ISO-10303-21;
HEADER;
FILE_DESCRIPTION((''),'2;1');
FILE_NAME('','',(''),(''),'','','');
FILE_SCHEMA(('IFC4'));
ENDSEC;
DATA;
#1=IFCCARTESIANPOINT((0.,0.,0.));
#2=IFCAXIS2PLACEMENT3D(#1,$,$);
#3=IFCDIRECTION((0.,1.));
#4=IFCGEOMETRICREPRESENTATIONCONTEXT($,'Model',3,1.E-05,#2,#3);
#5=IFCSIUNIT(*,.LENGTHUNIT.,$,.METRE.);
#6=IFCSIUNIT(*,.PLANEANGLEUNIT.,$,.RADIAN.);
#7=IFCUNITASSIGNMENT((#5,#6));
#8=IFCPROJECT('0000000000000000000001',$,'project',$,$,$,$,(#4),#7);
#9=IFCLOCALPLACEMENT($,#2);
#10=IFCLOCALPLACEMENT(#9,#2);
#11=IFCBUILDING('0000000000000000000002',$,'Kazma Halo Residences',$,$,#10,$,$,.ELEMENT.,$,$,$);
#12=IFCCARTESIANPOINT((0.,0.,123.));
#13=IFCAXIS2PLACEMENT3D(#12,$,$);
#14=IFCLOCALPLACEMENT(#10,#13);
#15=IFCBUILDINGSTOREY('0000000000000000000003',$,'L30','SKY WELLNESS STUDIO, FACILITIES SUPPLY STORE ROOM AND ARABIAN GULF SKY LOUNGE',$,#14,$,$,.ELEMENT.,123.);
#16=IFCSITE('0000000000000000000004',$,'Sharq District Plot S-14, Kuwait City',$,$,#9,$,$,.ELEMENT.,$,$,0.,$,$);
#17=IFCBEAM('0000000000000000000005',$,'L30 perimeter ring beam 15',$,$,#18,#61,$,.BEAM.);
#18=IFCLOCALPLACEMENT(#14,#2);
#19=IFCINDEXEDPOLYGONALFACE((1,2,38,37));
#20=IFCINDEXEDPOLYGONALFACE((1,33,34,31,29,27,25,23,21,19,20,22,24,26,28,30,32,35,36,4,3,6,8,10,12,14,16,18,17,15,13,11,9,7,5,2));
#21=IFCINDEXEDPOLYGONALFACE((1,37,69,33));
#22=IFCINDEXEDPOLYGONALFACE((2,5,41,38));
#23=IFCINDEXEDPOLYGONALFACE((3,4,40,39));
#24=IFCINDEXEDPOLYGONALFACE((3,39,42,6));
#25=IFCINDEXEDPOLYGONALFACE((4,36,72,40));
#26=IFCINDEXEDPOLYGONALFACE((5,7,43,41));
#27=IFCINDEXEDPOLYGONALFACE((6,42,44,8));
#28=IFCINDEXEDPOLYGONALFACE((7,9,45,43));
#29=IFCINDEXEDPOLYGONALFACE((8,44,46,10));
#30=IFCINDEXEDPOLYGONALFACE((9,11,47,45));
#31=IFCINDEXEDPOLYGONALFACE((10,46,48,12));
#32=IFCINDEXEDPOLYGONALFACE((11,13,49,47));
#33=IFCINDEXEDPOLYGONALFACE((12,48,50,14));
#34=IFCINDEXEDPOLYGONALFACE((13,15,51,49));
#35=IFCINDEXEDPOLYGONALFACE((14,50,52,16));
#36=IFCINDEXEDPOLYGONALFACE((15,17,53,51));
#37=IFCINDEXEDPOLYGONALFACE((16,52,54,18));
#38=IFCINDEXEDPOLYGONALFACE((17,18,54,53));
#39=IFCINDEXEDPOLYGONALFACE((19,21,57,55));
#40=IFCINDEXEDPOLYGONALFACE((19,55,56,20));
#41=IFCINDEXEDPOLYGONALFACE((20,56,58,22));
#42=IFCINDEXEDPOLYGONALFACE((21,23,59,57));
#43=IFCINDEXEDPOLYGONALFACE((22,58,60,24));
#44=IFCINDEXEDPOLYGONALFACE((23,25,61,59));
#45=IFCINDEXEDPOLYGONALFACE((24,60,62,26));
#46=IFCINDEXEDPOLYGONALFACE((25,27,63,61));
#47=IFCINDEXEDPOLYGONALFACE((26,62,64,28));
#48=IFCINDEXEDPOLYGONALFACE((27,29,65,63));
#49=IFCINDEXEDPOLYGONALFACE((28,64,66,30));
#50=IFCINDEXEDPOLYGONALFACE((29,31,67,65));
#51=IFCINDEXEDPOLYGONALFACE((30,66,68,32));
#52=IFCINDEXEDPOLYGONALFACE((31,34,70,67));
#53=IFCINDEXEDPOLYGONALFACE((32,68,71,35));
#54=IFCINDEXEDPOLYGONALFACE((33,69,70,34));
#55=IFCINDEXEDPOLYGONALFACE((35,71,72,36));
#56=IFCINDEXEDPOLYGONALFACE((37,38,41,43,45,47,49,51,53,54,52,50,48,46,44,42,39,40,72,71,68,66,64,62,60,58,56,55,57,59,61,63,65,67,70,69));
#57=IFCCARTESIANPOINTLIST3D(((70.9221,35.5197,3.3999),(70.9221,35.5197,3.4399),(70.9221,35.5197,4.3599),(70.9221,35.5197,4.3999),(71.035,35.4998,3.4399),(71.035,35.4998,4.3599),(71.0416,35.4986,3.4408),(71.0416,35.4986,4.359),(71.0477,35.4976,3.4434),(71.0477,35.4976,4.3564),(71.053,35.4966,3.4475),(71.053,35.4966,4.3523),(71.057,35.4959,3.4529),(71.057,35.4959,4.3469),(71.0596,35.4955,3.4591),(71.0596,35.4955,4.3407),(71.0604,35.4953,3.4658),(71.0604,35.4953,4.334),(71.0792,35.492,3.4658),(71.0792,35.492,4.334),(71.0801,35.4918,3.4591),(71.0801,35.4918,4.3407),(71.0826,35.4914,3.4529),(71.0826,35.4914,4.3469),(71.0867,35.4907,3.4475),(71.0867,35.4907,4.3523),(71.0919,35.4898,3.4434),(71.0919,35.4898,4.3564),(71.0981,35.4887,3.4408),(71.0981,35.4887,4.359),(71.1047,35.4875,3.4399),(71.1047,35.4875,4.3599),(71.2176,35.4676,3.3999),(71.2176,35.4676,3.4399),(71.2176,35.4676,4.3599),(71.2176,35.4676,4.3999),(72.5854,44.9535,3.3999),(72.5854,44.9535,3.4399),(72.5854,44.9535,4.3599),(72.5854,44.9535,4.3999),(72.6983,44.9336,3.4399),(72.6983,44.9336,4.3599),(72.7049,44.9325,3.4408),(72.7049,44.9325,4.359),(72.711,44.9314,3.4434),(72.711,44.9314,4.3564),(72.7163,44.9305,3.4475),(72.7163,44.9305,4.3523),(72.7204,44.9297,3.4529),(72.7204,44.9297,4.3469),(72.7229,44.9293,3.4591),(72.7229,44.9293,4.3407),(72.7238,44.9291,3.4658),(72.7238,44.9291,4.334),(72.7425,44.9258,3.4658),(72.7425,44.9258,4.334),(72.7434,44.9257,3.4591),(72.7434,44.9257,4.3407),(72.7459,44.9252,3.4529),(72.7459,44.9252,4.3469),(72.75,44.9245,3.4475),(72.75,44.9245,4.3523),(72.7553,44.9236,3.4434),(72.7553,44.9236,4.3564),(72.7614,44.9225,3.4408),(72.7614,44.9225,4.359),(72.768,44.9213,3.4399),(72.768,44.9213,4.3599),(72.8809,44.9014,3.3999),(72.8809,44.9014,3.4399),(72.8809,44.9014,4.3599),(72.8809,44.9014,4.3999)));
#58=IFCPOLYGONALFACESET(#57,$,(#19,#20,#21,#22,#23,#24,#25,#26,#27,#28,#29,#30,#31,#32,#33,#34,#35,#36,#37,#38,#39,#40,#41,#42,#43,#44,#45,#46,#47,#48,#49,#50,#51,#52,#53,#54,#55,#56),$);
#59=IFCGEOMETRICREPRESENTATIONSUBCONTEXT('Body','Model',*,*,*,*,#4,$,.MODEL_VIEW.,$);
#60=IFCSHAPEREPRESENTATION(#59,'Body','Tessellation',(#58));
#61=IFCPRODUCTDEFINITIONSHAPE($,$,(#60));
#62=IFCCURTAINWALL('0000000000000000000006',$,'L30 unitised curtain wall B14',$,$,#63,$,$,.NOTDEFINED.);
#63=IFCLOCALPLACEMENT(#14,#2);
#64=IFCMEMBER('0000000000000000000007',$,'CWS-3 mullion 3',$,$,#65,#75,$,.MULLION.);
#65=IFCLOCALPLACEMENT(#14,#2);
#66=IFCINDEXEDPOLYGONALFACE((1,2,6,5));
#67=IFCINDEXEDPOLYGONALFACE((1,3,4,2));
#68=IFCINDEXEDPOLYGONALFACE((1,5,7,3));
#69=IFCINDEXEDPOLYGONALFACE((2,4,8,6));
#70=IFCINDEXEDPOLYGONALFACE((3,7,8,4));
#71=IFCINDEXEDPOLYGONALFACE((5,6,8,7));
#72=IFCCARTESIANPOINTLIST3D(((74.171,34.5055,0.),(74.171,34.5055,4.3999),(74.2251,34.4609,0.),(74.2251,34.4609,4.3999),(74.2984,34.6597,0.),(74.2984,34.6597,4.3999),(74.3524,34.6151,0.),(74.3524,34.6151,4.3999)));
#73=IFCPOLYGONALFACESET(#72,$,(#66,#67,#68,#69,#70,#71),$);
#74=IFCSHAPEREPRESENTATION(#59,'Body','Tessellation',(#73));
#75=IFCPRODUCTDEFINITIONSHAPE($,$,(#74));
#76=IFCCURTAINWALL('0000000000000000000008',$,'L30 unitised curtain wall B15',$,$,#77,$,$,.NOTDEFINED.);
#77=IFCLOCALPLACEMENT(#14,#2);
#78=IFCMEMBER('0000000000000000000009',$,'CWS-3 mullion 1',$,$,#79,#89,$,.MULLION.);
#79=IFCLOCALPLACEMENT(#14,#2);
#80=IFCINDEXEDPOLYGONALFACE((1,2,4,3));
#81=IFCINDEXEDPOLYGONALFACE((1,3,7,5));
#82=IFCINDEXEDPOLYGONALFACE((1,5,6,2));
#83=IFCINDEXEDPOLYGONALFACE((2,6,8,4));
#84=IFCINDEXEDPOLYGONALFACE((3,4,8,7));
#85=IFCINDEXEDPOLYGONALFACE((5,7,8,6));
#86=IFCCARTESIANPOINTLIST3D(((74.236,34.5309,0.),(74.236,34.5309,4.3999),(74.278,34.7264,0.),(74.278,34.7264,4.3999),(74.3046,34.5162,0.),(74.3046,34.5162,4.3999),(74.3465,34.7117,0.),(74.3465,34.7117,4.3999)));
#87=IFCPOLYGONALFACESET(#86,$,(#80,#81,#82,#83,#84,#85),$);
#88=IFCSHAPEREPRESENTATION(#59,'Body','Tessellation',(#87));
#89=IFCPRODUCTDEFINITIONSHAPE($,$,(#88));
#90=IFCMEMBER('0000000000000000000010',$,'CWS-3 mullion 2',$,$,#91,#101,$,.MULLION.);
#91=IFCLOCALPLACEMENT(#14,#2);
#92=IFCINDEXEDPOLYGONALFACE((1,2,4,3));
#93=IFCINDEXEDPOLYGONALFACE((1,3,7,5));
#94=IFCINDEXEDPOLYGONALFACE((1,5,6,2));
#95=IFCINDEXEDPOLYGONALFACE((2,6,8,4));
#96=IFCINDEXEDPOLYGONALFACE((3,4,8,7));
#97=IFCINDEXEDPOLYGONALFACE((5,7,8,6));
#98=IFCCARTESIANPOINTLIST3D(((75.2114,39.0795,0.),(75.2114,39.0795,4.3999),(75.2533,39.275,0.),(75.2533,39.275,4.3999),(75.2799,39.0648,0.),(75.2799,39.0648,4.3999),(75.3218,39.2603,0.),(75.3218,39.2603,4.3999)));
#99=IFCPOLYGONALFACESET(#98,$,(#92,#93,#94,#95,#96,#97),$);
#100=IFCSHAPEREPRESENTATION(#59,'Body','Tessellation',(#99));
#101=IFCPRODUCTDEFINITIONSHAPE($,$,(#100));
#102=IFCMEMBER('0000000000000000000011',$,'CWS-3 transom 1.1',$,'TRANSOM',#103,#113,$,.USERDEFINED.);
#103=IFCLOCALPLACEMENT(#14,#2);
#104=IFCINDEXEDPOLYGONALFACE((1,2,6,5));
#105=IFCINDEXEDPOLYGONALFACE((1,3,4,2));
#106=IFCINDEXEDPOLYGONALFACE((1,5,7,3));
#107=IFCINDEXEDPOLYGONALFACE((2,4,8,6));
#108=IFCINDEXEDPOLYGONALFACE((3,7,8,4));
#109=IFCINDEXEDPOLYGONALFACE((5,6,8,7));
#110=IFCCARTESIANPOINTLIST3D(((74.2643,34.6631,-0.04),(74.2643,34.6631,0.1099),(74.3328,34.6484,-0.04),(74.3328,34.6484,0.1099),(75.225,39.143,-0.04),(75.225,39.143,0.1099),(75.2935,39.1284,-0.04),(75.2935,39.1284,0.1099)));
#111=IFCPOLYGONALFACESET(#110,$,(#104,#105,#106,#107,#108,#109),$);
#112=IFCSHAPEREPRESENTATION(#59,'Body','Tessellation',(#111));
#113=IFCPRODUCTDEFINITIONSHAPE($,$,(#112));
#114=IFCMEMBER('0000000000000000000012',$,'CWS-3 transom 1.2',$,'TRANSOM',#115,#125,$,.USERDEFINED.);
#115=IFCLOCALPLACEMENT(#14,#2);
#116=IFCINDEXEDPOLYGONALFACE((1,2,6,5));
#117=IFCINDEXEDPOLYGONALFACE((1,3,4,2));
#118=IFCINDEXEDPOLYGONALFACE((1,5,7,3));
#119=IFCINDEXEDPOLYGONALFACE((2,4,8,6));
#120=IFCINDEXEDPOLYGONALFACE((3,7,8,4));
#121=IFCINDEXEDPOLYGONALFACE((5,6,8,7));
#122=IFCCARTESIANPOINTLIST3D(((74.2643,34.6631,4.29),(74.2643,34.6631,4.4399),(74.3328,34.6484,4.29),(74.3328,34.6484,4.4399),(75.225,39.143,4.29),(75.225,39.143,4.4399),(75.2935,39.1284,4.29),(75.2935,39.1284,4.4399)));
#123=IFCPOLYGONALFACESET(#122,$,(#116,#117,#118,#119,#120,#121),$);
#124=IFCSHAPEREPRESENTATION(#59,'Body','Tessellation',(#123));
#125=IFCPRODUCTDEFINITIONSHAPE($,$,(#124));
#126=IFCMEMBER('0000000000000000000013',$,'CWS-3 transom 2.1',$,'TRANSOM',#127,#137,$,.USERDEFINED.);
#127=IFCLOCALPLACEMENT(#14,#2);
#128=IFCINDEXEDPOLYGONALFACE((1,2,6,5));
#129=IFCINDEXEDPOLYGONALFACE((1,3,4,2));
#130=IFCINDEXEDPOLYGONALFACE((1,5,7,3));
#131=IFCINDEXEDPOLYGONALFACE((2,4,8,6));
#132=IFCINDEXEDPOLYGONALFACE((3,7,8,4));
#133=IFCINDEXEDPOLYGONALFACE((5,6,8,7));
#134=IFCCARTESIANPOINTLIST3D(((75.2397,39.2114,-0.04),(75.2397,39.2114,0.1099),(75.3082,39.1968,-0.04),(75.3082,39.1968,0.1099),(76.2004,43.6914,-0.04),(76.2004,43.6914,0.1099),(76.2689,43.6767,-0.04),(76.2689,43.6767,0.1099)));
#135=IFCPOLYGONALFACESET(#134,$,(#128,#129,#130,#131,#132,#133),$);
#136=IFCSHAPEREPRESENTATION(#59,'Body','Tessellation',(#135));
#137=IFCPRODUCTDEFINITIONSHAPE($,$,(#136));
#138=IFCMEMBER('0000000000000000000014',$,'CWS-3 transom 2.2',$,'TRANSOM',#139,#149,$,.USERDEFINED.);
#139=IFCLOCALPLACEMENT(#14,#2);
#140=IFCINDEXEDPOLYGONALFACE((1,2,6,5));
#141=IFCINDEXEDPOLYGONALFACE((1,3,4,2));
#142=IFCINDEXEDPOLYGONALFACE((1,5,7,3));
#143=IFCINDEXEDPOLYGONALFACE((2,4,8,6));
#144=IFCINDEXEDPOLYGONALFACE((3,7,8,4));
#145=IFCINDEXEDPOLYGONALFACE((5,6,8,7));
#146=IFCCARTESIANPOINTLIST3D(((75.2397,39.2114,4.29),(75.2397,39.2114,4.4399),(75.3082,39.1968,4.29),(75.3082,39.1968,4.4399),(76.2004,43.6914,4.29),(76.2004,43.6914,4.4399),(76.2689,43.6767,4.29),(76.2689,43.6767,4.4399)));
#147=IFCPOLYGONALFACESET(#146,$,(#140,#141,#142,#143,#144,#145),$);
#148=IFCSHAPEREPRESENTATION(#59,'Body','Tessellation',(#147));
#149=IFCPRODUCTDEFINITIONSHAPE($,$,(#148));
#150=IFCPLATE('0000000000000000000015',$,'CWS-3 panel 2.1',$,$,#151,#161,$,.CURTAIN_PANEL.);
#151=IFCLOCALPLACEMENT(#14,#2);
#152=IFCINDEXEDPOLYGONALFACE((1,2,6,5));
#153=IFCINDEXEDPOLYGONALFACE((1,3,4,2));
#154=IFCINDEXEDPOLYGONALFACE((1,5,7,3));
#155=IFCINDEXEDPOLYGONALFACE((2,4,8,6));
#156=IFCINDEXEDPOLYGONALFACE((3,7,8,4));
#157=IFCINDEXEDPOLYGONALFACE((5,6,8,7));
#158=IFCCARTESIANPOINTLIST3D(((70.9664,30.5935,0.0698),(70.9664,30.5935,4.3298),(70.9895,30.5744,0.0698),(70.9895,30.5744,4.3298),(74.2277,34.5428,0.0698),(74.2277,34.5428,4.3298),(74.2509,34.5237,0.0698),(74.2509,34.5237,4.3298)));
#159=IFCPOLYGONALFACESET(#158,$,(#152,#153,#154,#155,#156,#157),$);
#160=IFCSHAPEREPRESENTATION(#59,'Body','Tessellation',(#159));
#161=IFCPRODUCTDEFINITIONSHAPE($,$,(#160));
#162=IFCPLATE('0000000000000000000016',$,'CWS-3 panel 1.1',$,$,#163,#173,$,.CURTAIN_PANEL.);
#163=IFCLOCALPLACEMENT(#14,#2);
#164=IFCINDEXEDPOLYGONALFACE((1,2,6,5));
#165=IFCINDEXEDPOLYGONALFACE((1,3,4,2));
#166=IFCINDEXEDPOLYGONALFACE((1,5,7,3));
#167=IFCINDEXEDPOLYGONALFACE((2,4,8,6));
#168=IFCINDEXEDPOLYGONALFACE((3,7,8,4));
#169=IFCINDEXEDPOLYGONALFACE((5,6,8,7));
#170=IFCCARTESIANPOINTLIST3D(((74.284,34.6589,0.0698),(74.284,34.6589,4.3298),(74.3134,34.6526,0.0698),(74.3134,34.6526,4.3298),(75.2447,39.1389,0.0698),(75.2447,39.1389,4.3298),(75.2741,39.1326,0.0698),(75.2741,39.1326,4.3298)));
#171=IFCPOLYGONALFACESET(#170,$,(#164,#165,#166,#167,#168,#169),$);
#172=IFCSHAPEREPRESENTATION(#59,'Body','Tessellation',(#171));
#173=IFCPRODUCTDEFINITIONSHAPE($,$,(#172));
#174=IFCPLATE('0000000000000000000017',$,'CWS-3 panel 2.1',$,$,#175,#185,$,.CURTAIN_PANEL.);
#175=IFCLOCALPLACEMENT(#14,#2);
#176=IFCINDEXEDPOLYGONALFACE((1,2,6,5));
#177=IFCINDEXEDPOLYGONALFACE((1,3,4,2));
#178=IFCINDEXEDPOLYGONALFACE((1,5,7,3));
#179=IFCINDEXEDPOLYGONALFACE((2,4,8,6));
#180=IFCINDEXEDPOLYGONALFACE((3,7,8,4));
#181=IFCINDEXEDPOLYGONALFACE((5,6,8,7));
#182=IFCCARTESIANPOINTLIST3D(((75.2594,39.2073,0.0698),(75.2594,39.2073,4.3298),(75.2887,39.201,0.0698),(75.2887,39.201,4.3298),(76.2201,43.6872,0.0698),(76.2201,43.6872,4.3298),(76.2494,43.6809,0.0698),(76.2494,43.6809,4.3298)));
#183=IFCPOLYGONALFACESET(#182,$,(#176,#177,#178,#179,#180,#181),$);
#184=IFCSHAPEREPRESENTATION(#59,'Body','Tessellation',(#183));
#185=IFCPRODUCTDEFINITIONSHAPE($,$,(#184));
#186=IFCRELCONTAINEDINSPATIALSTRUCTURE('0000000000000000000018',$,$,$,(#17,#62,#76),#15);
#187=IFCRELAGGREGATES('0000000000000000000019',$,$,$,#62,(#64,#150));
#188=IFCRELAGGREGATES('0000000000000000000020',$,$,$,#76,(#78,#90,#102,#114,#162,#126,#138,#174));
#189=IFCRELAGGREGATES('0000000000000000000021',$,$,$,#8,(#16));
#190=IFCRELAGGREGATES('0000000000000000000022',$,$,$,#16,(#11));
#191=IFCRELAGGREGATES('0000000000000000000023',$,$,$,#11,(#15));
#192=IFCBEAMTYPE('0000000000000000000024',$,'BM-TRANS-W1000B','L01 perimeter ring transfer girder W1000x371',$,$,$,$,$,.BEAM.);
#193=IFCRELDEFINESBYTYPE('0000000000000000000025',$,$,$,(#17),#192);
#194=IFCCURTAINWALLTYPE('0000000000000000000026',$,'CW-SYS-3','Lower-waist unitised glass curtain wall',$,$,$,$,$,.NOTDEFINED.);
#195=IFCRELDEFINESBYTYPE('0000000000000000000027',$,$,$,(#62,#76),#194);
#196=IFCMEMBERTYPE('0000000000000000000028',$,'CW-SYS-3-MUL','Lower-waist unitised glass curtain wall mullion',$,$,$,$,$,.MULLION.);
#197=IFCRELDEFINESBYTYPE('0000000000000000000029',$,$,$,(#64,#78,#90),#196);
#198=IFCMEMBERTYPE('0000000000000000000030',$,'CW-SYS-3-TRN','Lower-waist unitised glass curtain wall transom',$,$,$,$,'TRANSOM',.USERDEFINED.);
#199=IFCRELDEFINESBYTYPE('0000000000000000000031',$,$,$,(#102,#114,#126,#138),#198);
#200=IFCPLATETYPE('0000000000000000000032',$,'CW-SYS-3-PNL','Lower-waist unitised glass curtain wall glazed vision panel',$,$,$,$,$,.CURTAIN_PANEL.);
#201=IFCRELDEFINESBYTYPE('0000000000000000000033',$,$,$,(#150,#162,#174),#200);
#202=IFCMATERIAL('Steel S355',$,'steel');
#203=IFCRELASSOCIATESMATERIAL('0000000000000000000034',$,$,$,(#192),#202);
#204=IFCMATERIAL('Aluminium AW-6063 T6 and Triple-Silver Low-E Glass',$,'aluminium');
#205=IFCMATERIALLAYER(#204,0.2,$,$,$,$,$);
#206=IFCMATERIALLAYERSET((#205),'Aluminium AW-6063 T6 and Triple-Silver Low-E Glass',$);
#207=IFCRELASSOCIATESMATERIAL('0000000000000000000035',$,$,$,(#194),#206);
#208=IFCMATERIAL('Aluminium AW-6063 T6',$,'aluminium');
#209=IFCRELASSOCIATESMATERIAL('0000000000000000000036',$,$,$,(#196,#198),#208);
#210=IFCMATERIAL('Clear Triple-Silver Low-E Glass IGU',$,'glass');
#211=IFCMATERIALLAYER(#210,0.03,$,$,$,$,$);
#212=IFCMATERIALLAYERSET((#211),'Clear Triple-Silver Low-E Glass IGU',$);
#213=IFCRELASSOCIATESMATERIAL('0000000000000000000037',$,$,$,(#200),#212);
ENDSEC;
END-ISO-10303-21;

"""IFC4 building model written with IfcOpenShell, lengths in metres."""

from ifc_helpers import new_model, si_unit, direction, frame, origin, origin_2d, place, context, subcontext, project, spatial, rectangle, i_section, extrude, material, layer, layer_set, material_profile, profile_set, type_object, element, aggregate, save


model = new_model("IFC4")

# Units and contexts
model_context = context("Model", 3, precision=1e-05, world=origin(), true_north=direction((0.0, 1.0)))
body_context = subcontext(model_context, "Body", "Model", "MODEL_VIEW")
ifc_project = project(units=[si_unit("LENGTHUNIT", "METRE"), si_unit("PLANEANGLEUNIT", "RADIAN")], contexts=[model_context])

# Site, building, storey
site_placement = place(None, origin())
site = spatial("IfcSite", under=ifc_project, at=site_placement, Name="Sharq District Plot S-14, Kuwait City", CompositionType="ELEMENT", RefElevation=0.0)
building_placement = place(site_placement, origin())
building = spatial("IfcBuilding", under=site, at=building_placement, Name="Kazma Halo Residences", CompositionType="ELEMENT")
storey_placement = place(building_placement, frame((0.0, 0.0, 123.0)))
storey = spatial("IfcBuildingStorey", under=building, at=storey_placement, Name="L30", Description="SKY WELLNESS STUDIO, FACILITIES SUPPLY STORE ROOM AND ARABIAN GULF SKY LOUNGE", CompositionType="ELEMENT", Elevation=123.0)

# Beam
ifc_material_1 = material(Name="Steel S355", Category="steel")
ifc_material_profile_1 = material_profile(ifc_material_1, i_section(OverallWidth=0.3, OverallDepth=1.0, WebThickness=0.019, FlangeThickness=0.04, FilletRadius=0.0259, at=origin_2d()), Name="W1000x371")
ifc_profile_set_1 = profile_set([ifc_material_profile_1], Name="Steel S355")
beam_type_1 = type_object("IfcBeamType", Name="BM-TRANS-W1000B", Description="L01 perimeter ring transfer girder W1000x371", PredefinedType="BEAM", material=ifc_profile_set_1)
beam_1_placement = place(storey_placement, frame((71.0698, 35.4937, 3.8999), z_axis=(0.173637, 0.98481, 0.0), x_axis=(-0.98481, 0.173637, 0.0)))
element("IfcBeam", 1, at=beam_1_placement, inside=storey, type_object=beam_type_1, Name="L30 perimeter ring beam 15", PredefinedType="BEAM", context=body_context, shape_type="SweptSolid", body=[
    extrude(i_section(OverallWidth=0.3, OverallDepth=1.0, WebThickness=0.019, FlangeThickness=0.04, FilletRadius=0.0259, at=origin_2d()), origin(), (0.0, 0.0, 1.0), 9.5793),
])

# Curtain wall, member
ifc_material_2 = material(Name="Aluminium AW-6063 T6 and Triple-Silver Low-E Glass", Category="aluminium")
ifc_layer_1 = layer(ifc_material_2, 0.2)
ifc_layer_set_1 = layer_set([ifc_layer_1], Name="Aluminium AW-6063 T6 and Triple-Silver Low-E Glass")
curtain_wall_type = type_object("IfcCurtainWallType", Name="CW-SYS-3", Description="Lower-waist unitised glass curtain wall", PredefinedType="NOTDEFINED", material=ifc_layer_set_1)
curtain_wall_1_placement = place(storey_placement, origin())
curtain_wall_1 = element("IfcCurtainWall", 2, at=curtain_wall_1_placement, inside=storey, type_object=curtain_wall_type, Name="L30 unitised curtain wall B14", PredefinedType="NOTDEFINED")
ifc_material_3 = material(Name="Aluminium AW-6063 T6", Category="aluminium")
ifc_material_profile_2 = material_profile(ifc_material_3, rectangle(XDim=0.0701, YDim=0.2, at=origin_2d()), Name="CWM-70x200")
ifc_profile_set_2 = profile_set([ifc_material_profile_2], Name="Aluminium AW-6063 T6")
member_type_1 = type_object("IfcMemberType", Name="CW-SYS-3-MUL", Description="Lower-waist unitised glass curtain wall mullion", PredefinedType="MULLION", material=ifc_profile_set_2)
member_1_placement = place(storey_placement, frame((74.2617, 34.5603, 0.0), z_axis=(0.0, 0.0, 1.0), x_axis=(-0.771065, 0.636756, 0.0)))
member_1 = element("IfcMember", 3, at=member_1_placement, type_object=member_type_1, Name="CWS-3 mullion 3", PredefinedType="MULLION", context=body_context, shape_type="SweptSolid", body=[
    extrude(rectangle(XDim=0.0701, YDim=0.2, at=origin_2d()), origin(), (0.0, 0.0, 1.0), 4.3999),
])

# Curtain wall, members
curtain_wall_2_placement = place(storey_placement, origin())
curtain_wall_2 = element("IfcCurtainWall", 4, at=curtain_wall_2_placement, inside=storey, type_object=curtain_wall_type, Name="L30 unitised curtain wall B15", PredefinedType="NOTDEFINED")
member_2_placement = place(storey_placement, frame((74.2913, 34.6213, 0.0), z_axis=(0.0, 0.0, 1.0), x_axis=(-0.97777, 0.209681, 0.0)))
member_2 = element("IfcMember", 5, at=member_2_placement, type_object=member_type_1, Name="CWS-3 mullion 1", PredefinedType="MULLION", context=body_context, shape_type="SweptSolid", body=[
    extrude(rectangle(XDim=0.0701, YDim=0.2, at=origin_2d()), origin(), (0.0, 0.0, 1.0), 4.3999),
])
member_3_placement = place(storey_placement, frame((75.2666, 39.1699, 0.0), z_axis=(0.0, 0.0, 1.0), x_axis=(-0.97777, 0.209681, 0.0)))
member_3 = element("IfcMember", 6, at=member_3_placement, type_object=member_type_1, Name="CWS-3 mullion 2", PredefinedType="MULLION", context=body_context, shape_type="SweptSolid", body=[
    extrude(rectangle(XDim=0.0701, YDim=0.2, at=origin_2d()), origin(), (0.0, 0.0, 1.0), 4.3999),
])
ifc_material_profile_3 = material_profile(ifc_material_3, rectangle(XDim=0.0701, YDim=0.1499, at=origin_2d()), Name="CWT-70x150")
ifc_profile_set_3 = profile_set([ifc_material_profile_3], Name="Aluminium AW-6063 T6")
member_type_2 = type_object("IfcMemberType", Name="CW-SYS-3-TRN", Description="Lower-waist unitised glass curtain wall transom", ElementType="TRANSOM", PredefinedType="USERDEFINED", material=ifc_profile_set_3)
member_4_placement = place(storey_placement, frame((74.2986, 34.6558, 0.0349), z_axis=(0.209675, 0.977771, 0.0), x_axis=(-0.977771, 0.209675, 0.0)))
member_4 = element("IfcMember", 7, at=member_4_placement, type_object=member_type_2, Name="CWS-3 transom 1.1", ObjectType="TRANSOM", PredefinedType="USERDEFINED", context=body_context, shape_type="SweptSolid", body=[
    extrude(rectangle(XDim=0.0701, YDim=0.1499, at=origin_2d()), origin(), (0.0, 0.0, 1.0), 4.5818),
])
member_5_placement = place(storey_placement, frame((74.2986, 34.6558, 4.365), z_axis=(0.209675, 0.977771, 0.0), x_axis=(-0.977771, 0.209675, 0.0)))
member_5 = element("IfcMember", 8, at=member_5_placement, type_object=member_type_2, Name="CWS-3 transom 1.2", ObjectType="TRANSOM", PredefinedType="USERDEFINED", context=body_context, shape_type="SweptSolid", body=[
    extrude(rectangle(XDim=0.0701, YDim=0.1499, at=origin_2d()), origin(), (0.0, 0.0, 1.0), 4.5818),
])
member_6_placement = place(storey_placement, frame((75.2739, 39.2041, 0.0349), z_axis=(0.209675, 0.977771, 0.0), x_axis=(-0.977771, 0.209675, 0.0)))
member_6 = element("IfcMember", 9, at=member_6_placement, type_object=member_type_2, Name="CWS-3 transom 2.1", ObjectType="TRANSOM", PredefinedType="USERDEFINED", context=body_context, shape_type="SweptSolid", body=[
    extrude(rectangle(XDim=0.0701, YDim=0.1499, at=origin_2d()), origin(), (0.0, 0.0, 1.0), 4.5818),
])
member_7_placement = place(storey_placement, frame((75.2739, 39.2041, 4.365), z_axis=(0.209675, 0.977771, 0.0), x_axis=(-0.977771, 0.209675, 0.0)))
member_7 = element("IfcMember", 10, at=member_7_placement, type_object=member_type_2, Name="CWS-3 transom 2.2", ObjectType="TRANSOM", PredefinedType="USERDEFINED", context=body_context, shape_type="SweptSolid", body=[
    extrude(rectangle(XDim=0.0701, YDim=0.1499, at=origin_2d()), origin(), (0.0, 0.0, 1.0), 4.5818),
])

# Plates
ifc_material_4 = material(Name="Clear Triple-Silver Low-E Glass IGU", Category="glass")
ifc_layer_2 = layer(ifc_material_4, 0.03)
ifc_layer_set_2 = layer_set([ifc_layer_2], Name="Clear Triple-Silver Low-E Glass IGU")
plate_type = type_object("IfcPlateType", Name="CW-SYS-3-PNL", Description="Lower-waist unitised glass curtain wall glazed vision panel", PredefinedType="CURTAIN_PANEL", material=ifc_layer_set_2)
plate_1_placement = place(storey_placement, frame((72.6086, 32.5586, 0.0698), z_axis=(0.0, 0.0, 1.0), x_axis=(0.636756, 0.771065, 0.0)))
plate_1 = element("IfcPlate", 11, at=plate_1_placement, type_object=plate_type, Name="CWS-3 panel 2.1", PredefinedType="CURTAIN_PANEL", context=body_context, shape_type="SweptSolid", body=[
    extrude(rectangle(XDim=5.1218, YDim=0.03, at=origin_2d()), origin(), (0.0, 0.0, 1.0), 4.26),
])
aggregate(curtain_wall_1, [member_1, plate_1])
plate_2_placement = place(storey_placement, frame((74.7791, 36.8958, 0.0698), z_axis=(0.0, 0.0, 1.0), x_axis=(0.209681, 0.97777, 0.0)))
plate_2 = element("IfcPlate", 12, at=plate_2_placement, type_object=plate_type, Name="CWS-3 panel 1.1", PredefinedType="CURTAIN_PANEL", context=body_context, shape_type="SweptSolid", body=[
    extrude(rectangle(XDim=4.5818, YDim=0.03, at=origin_2d()), origin(), (0.0, 0.0, 1.0), 4.26),
])
plate_3_placement = place(storey_placement, frame((75.7544, 41.4441, 0.0698), z_axis=(0.0, 0.0, 1.0), x_axis=(0.209681, 0.97777, 0.0)))
plate_3 = element("IfcPlate", 13, at=plate_3_placement, type_object=plate_type, Name="CWS-3 panel 2.1", PredefinedType="CURTAIN_PANEL", context=body_context, shape_type="SweptSolid", body=[
    extrude(rectangle(XDim=4.5818, YDim=0.03, at=origin_2d()), origin(), (0.0, 0.0, 1.0), 4.26),
])
aggregate(curtain_wall_2, [member_2, member_3, member_4, member_5, plate_2, member_6, member_7, plate_3])

save(model, "model.ifc")
